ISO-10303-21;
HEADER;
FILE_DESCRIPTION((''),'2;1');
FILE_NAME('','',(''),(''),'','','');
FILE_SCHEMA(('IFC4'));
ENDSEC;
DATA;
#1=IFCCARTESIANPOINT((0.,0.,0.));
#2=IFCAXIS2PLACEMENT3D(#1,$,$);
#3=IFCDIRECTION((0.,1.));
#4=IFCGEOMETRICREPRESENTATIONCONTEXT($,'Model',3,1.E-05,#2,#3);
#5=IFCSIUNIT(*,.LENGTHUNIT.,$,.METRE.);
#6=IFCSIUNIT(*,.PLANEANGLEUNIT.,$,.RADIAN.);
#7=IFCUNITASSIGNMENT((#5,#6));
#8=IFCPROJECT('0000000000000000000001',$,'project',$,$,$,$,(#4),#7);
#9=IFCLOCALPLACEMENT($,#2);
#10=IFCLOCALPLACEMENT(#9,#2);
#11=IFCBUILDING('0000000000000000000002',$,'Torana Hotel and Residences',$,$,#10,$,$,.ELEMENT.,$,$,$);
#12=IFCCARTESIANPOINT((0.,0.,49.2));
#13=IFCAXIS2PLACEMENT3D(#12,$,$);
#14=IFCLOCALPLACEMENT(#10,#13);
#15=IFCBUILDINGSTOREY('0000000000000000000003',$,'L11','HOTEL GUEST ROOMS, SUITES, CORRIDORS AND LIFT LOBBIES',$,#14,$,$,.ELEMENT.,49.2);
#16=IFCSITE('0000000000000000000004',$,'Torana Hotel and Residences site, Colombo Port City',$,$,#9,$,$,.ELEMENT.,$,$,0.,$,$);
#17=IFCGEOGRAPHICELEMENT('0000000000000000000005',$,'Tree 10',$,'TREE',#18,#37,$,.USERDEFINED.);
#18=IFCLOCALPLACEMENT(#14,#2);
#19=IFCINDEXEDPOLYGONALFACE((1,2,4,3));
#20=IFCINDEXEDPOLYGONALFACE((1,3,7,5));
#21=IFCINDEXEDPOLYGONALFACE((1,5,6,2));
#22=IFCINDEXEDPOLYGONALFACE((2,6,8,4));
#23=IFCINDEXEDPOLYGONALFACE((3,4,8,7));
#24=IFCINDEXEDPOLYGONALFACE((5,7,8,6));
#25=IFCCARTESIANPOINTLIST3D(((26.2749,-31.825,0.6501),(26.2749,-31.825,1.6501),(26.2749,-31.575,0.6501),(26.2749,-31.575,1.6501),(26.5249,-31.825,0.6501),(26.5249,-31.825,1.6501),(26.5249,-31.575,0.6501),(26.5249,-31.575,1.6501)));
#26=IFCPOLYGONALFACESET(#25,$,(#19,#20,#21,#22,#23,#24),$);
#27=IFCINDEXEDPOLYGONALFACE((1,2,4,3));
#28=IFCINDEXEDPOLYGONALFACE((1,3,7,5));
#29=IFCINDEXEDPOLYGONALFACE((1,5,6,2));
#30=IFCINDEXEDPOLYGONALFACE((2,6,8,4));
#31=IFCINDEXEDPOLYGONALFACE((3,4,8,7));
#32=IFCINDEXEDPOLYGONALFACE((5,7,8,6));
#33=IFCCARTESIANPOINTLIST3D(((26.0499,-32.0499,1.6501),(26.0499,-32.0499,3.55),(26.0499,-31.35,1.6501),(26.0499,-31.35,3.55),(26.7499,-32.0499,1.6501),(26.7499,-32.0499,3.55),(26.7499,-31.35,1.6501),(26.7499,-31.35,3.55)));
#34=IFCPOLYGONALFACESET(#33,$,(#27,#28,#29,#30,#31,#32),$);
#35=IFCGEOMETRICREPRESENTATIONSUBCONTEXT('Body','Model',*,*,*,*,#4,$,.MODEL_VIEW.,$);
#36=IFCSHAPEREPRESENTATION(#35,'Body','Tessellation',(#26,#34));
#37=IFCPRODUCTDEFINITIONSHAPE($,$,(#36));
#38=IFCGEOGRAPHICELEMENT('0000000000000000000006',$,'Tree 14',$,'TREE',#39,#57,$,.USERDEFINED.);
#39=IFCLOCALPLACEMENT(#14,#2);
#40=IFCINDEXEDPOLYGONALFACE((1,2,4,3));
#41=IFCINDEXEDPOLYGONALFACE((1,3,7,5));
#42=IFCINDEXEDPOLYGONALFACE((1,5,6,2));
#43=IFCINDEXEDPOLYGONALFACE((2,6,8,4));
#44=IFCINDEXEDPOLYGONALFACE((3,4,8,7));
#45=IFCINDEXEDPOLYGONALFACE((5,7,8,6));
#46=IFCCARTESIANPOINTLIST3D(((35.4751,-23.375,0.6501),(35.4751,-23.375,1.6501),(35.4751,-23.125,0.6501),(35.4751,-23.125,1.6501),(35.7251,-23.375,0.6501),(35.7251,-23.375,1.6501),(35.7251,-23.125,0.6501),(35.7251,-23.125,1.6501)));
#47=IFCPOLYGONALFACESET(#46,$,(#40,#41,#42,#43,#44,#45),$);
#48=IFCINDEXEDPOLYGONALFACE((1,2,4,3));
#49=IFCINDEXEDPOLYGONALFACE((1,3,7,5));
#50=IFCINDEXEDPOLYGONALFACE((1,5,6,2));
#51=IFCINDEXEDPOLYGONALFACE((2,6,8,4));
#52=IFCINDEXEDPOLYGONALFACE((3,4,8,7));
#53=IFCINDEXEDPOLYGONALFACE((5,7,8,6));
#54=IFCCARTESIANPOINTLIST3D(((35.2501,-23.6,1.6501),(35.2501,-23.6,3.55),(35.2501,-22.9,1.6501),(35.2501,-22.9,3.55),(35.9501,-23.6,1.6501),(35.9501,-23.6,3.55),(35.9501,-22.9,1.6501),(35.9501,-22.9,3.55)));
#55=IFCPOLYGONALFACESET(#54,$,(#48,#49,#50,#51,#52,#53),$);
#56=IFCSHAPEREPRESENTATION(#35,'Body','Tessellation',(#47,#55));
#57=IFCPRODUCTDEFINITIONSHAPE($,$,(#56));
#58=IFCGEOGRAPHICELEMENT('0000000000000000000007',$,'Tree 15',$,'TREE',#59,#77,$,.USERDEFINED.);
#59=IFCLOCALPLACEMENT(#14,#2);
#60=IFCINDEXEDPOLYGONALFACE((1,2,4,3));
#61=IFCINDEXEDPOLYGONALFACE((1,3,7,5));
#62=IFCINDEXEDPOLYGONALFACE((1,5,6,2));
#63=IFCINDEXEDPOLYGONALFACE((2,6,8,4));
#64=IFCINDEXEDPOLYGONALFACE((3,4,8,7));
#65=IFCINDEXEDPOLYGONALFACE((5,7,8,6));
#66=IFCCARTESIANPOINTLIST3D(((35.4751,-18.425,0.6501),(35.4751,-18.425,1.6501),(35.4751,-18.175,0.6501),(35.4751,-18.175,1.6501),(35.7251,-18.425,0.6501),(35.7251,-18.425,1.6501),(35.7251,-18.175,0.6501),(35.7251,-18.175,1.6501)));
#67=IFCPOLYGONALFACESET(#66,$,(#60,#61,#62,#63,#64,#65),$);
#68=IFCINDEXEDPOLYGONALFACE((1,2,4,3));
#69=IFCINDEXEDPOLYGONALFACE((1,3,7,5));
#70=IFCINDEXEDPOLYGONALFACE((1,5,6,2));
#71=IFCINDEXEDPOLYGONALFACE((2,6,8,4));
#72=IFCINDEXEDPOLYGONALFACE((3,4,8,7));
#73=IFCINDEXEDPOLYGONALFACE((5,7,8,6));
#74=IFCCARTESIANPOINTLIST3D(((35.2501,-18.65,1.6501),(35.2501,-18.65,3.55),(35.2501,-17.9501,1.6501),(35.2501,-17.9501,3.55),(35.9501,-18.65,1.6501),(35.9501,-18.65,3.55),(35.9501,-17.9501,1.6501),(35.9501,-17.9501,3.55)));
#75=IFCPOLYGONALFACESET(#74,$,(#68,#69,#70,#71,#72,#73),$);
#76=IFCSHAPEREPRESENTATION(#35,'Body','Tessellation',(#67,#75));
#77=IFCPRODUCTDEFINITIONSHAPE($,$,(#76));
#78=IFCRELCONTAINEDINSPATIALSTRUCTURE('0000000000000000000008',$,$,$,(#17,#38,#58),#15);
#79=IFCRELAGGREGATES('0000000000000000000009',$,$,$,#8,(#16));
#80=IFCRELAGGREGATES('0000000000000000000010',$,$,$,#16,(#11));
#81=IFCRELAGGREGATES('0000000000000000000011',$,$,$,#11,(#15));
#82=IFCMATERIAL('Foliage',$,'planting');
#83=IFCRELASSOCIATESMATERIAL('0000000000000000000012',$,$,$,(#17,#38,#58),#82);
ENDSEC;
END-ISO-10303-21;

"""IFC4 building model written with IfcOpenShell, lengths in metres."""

from ifc_helpers import new_model, si_unit, direction, frame, origin, origin_2d, place, context, subcontext, project, spatial, rectangle, extrude, material, element, save


model = new_model("IFC4")

# Units and contexts
model_context = context("Model", 3, precision=1e-05, world=origin(), true_north=direction((0.0, 1.0)))
body_context = subcontext(model_context, "Body", "Model", "MODEL_VIEW")
ifc_project = project(units=[si_unit("LENGTHUNIT", "METRE"), si_unit("PLANEANGLEUNIT", "RADIAN")], contexts=[model_context])

# Site, building, storey
site_placement = place(None, origin())
site = spatial("IfcSite", under=ifc_project, at=site_placement, Name="Torana Hotel and Residences site, Colombo Port City", CompositionType="ELEMENT", RefElevation=0.0)
building_placement = place(site_placement, origin())
building = spatial("IfcBuilding", under=site, at=building_placement, Name="Torana Hotel and Residences", CompositionType="ELEMENT")
storey_placement = place(building_placement, frame((0.0, 0.0, 49.2)))
storey = spatial("IfcBuildingStorey", under=building, at=storey_placement, Name="L11", Description="HOTEL GUEST ROOMS, SUITES, CORRIDORS AND LIFT LOBBIES", CompositionType="ELEMENT", Elevation=49.2)

# Geographic elements
ifc_material_1 = material(Name="Foliage", Category="planting")
for number, where, z_axis, x_axis, name in (
    (1, (26.3999, -31.7, 0.6501), (0.0, 0.0, 1.0), (1.0, 0.0, 0.0), "Tree 10"),
    (2, (35.6001, -23.25, 0.6501), (0.0, 0.0, 1.0), (1.0, 0.0, 0.0), "Tree 14"),
    (3, (35.6001, -18.3, 0.6501), (0.0, 0.0, 1.0), (1.0, 0.0, 0.0), "Tree 15"),
):
    element("IfcGeographicElement", number, at=place(storey_placement, frame(where, z_axis=z_axis, x_axis=x_axis)), inside=storey, material=ifc_material_1, Name=name, ObjectType="TREE", PredefinedType="USERDEFINED", context=body_context, shape_type="SweptSolid", body=[
        extrude(rectangle(XDim=0.25, YDim=0.25, at=origin_2d()), origin(), (0.0, 0.0, 1.0), 1.0),
        extrude(rectangle(XDim=0.7, YDim=0.7, at=origin_2d()), frame((0.0, 0.0, 1.0)), (0.0, 0.0, 1.0), 1.8999),
    ])

save(model, "model.ifc")
